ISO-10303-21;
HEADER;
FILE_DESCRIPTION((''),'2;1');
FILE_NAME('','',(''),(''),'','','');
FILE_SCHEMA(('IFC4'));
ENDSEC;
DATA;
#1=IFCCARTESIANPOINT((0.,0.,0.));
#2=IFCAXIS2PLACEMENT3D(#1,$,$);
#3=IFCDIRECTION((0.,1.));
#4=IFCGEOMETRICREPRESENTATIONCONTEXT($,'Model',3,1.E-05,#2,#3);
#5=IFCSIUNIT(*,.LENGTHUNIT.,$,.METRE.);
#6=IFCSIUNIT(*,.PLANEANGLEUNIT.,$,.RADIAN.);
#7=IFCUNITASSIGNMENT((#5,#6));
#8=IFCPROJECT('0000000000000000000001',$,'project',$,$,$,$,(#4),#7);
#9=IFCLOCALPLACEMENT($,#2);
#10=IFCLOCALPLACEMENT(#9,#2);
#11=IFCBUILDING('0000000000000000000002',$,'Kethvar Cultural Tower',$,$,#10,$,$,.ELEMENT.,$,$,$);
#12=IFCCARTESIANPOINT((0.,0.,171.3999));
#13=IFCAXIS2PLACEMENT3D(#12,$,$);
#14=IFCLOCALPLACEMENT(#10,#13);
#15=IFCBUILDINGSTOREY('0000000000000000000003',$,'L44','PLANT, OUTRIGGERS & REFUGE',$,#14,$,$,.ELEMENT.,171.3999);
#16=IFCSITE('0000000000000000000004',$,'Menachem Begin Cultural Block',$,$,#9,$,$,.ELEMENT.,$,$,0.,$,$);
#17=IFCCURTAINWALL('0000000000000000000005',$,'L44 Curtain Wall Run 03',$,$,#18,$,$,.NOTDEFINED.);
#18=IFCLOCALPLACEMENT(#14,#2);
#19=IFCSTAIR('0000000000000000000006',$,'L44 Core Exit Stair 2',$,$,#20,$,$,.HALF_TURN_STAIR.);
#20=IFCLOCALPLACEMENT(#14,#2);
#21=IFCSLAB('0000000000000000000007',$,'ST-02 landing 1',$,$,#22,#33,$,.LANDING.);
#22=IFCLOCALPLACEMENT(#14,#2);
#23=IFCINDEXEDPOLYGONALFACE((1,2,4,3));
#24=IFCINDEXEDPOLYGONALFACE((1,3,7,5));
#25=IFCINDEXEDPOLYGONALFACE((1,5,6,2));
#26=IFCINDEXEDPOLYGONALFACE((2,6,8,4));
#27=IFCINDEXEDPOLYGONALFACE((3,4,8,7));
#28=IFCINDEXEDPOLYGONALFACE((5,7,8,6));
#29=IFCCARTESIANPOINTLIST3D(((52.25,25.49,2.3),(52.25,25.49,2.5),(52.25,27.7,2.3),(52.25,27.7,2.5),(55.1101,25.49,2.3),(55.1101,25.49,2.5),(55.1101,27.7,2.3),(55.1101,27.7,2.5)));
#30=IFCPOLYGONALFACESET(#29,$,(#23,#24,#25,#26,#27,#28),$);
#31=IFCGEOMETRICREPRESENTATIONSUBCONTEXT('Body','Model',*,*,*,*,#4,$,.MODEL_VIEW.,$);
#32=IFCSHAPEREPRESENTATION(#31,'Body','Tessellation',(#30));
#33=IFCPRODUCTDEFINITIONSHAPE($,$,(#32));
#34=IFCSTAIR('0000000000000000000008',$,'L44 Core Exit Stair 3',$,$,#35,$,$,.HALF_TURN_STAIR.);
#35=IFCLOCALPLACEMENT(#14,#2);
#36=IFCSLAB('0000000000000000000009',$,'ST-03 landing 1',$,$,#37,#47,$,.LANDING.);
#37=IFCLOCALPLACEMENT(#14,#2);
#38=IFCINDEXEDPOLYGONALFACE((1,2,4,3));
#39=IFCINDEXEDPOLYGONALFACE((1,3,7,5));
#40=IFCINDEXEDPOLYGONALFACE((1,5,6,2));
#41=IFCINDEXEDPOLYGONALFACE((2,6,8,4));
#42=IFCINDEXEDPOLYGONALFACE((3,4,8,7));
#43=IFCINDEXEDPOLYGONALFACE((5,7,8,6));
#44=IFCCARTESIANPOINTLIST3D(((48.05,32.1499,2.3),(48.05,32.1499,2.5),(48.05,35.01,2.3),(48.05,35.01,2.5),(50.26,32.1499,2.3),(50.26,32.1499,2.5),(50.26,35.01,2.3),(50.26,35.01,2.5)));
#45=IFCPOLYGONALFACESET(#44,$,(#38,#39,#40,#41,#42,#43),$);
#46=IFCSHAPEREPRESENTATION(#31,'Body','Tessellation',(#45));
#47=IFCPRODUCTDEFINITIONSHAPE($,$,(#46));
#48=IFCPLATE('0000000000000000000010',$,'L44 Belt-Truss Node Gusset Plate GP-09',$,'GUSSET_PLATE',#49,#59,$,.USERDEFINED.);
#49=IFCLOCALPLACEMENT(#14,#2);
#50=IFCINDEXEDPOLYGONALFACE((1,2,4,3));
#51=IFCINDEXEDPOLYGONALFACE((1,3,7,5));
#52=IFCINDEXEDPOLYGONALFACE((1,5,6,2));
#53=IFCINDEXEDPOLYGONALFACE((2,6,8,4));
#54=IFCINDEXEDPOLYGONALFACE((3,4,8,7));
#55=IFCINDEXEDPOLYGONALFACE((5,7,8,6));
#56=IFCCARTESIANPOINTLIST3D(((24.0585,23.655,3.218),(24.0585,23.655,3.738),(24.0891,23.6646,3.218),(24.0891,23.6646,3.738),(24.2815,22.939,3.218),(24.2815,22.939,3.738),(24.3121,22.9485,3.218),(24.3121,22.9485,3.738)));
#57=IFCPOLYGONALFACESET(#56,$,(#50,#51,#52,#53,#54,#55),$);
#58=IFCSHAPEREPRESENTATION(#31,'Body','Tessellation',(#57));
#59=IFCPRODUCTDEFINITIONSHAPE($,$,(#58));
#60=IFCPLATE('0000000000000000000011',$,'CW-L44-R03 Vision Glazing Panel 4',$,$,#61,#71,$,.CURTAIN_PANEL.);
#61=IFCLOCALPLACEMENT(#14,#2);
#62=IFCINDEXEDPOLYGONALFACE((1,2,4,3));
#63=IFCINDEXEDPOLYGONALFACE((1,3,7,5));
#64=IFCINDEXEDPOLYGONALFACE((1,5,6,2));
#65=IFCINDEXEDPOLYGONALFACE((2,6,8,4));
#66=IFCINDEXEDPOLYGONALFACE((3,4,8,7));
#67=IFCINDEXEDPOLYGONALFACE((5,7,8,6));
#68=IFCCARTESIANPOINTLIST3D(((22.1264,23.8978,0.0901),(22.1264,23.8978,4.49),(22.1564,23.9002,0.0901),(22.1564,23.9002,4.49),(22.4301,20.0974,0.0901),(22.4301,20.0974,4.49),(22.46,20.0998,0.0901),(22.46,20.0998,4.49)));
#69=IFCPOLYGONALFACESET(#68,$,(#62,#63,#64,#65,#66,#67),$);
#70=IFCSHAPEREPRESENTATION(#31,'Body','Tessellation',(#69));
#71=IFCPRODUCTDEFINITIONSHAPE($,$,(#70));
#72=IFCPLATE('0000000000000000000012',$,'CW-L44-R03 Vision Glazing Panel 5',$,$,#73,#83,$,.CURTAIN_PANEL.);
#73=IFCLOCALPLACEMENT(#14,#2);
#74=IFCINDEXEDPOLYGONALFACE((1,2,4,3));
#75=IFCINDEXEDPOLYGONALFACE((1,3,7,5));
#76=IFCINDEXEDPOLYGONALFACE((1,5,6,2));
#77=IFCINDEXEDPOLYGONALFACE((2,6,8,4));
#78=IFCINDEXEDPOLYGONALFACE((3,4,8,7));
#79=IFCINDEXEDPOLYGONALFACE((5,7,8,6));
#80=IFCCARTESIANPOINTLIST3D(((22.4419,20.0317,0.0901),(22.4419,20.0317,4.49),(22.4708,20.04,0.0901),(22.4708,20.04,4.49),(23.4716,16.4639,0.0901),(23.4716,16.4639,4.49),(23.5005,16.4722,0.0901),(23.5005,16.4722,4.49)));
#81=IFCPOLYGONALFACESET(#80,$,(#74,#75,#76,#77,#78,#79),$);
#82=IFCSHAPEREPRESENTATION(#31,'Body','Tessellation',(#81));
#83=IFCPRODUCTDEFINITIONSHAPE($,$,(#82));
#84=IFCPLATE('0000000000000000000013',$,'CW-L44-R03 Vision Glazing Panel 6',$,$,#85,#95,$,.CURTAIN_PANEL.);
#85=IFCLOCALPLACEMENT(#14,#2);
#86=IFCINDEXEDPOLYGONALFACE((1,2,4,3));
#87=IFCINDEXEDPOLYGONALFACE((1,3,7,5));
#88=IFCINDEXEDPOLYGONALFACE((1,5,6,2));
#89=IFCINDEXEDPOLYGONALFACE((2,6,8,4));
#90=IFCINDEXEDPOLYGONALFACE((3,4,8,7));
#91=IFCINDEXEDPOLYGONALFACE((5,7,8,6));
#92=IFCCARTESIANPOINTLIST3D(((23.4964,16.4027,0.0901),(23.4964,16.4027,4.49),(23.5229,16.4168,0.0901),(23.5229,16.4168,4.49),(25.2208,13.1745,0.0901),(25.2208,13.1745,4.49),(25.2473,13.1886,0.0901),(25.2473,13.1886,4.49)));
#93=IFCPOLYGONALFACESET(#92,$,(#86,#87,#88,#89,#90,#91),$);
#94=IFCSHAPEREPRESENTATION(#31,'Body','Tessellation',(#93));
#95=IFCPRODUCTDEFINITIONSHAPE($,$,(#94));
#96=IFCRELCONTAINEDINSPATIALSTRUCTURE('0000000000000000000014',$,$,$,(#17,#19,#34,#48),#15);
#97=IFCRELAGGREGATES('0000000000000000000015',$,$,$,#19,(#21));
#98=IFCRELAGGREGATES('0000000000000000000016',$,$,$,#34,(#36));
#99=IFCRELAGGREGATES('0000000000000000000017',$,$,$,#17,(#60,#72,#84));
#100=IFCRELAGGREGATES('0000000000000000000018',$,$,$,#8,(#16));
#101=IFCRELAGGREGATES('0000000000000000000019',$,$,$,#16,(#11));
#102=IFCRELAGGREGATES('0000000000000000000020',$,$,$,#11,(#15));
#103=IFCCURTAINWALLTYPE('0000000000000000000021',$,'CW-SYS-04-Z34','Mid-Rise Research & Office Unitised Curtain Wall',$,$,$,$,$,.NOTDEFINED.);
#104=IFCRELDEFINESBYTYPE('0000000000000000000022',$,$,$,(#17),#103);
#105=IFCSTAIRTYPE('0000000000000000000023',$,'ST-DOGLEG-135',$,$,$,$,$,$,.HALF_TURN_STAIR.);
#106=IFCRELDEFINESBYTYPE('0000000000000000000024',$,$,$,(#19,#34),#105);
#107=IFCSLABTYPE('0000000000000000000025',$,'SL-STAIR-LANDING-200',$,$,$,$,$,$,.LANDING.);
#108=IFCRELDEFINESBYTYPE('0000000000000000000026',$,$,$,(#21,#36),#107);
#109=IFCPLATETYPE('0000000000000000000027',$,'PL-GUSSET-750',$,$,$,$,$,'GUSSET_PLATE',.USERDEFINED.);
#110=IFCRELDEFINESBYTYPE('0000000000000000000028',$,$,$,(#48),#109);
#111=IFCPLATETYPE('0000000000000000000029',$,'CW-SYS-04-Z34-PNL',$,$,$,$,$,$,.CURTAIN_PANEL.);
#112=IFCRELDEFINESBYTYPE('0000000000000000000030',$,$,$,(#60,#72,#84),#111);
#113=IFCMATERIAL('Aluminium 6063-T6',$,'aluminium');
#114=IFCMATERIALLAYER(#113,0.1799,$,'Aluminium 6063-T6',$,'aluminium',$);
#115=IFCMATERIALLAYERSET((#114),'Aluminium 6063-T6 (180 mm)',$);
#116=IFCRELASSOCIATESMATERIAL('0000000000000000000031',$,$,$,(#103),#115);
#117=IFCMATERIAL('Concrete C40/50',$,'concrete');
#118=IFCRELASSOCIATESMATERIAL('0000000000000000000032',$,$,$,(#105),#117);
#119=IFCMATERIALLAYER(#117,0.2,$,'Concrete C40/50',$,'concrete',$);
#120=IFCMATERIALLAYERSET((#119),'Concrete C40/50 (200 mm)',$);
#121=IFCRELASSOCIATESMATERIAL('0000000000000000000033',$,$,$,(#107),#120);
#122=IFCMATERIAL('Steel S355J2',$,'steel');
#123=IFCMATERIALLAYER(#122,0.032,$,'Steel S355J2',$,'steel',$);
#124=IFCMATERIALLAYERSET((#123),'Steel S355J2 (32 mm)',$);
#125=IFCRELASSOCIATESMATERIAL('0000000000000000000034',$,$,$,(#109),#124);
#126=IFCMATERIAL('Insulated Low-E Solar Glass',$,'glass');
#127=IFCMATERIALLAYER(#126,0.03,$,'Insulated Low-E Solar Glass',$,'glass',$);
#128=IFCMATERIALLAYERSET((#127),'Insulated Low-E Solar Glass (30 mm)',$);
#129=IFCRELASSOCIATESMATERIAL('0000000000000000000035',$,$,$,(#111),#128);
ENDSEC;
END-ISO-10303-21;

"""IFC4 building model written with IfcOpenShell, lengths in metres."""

from ifc_helpers import new_model, si_unit, direction, frame, origin, origin_2d, place, context, subcontext, project, spatial, polyline, rectangle, outline, extrude, source, transform, mapped, material, layer, layer_set, type_object, element, aggregate, save


model = new_model("IFC4")

# Units and contexts
model_context = context("Model", 3, precision=1e-05, world=origin(), true_north=direction((0.0, 1.0)))
body_context = subcontext(model_context, "Body", "Model", "MODEL_VIEW")
ifc_project = project(units=[si_unit("LENGTHUNIT", "METRE"), si_unit("PLANEANGLEUNIT", "RADIAN")], contexts=[model_context])

# Site, building, storey
site_placement = place(None, origin())
site = spatial("IfcSite", under=ifc_project, at=site_placement, Name="Menachem Begin Cultural Block", CompositionType="ELEMENT", RefElevation=0.0)
building_placement = place(site_placement, origin())
building = spatial("IfcBuilding", under=site, at=building_placement, Name="Kethvar Cultural Tower", CompositionType="ELEMENT")
storey_placement = place(building_placement, frame((0.0, 0.0, 171.3999)))
storey = spatial("IfcBuildingStorey", under=building, at=storey_placement, Name="L44", Description="PLANT, OUTRIGGERS & REFUGE", CompositionType="ELEMENT", Elevation=171.3999)

# Curtain wall
ifc_material_1 = material(Name="Aluminium 6063-T6", Category="aluminium")
ifc_layer_1 = layer(ifc_material_1, 0.1799, Name="Aluminium 6063-T6", Category="aluminium")
ifc_layer_set_1 = layer_set([ifc_layer_1], Name="Aluminium 6063-T6 (180 mm)")
curtain_wall_type = type_object("IfcCurtainWallType", Name="CW-SYS-04-Z34", Description="Mid-Rise Research & Office Unitised Curtain Wall", PredefinedType="NOTDEFINED", material=ifc_layer_set_1)
curtain_wall_1_placement = place(storey_placement, origin())
curtain_wall_1 = element("IfcCurtainWall", 1, at=curtain_wall_1_placement, inside=storey, type_object=curtain_wall_type, Name="L44 Curtain Wall Run 03", PredefinedType="NOTDEFINED")

# Stairs, slabs
ifc_material_2 = material(Name="Concrete C40/50", Category="concrete")
stair_type = type_object("IfcStairType", Name="ST-DOGLEG-135", PredefinedType="HALF_TURN_STAIR", material=ifc_material_2)
ifc_layer_2 = layer(ifc_material_2, 0.2, Name="Concrete C40/50", Category="concrete")
ifc_layer_set_2 = layer_set([ifc_layer_2], Name="Concrete C40/50 (200 mm)")
slab_type_1 = type_object("IfcSlabType", Name="SL-STAIR-LANDING-200", PredefinedType="LANDING", material=ifc_layer_set_2)
stair_1_placement = place(storey_placement, origin())
stair_1 = element("IfcStair", 2, at=stair_1_placement, inside=storey, type_object=stair_type, Name="L44 Core Exit Stair 2", PredefinedType="HALF_TURN_STAIR")
slab_1_placement = place(storey_placement, frame((0.0, 0.0, 2.3)))
slab_1 = element("IfcSlab", 3, at=slab_1_placement, type_object=slab_type_1, Name="ST-02 landing 1", PredefinedType="LANDING", context=body_context, shape_type="SweptSolid", body=[
    extrude(outline(polyline([(55.1101, 25.49), (55.1101, 27.7), (52.25, 27.7), (52.25, 25.49), (55.1101, 25.49)])), origin(), (0.0, 0.0, 1.0), 0.2),
])
aggregate(stair_1, [slab_1])
stair_2_placement = place(storey_placement, origin())
stair_2 = element("IfcStair", 4, at=stair_2_placement, inside=storey, type_object=stair_type, Name="L44 Core Exit Stair 3", PredefinedType="HALF_TURN_STAIR")
slab_2_placement = place(storey_placement, frame((0.0, 0.0, 2.3)))
slab_2 = element("IfcSlab", 5, at=slab_2_placement, type_object=slab_type_1, Name="ST-03 landing 1", PredefinedType="LANDING", context=body_context, shape_type="SweptSolid", body=[
    extrude(outline(polyline([(50.26, 35.01), (48.05, 35.01), (48.05, 32.1499), (50.26, 32.1499), (50.26, 35.01)])), origin(), (0.0, 0.0, 1.0), 0.2),
])
aggregate(stair_2, [slab_2])

# Plates
ifc_material_3 = material(Name="Steel S355J2", Category="steel")
ifc_layer_3 = layer(ifc_material_3, 0.032, Name="Steel S355J2", Category="steel")
ifc_layer_set_3 = layer_set([ifc_layer_3], Name="Steel S355J2 (32 mm)")
plate_type_1 = type_object("IfcPlateType", Name="PL-GUSSET-750", ElementType="GUSSET_PLATE", PredefinedType="USERDEFINED", material=ifc_layer_set_3)
shared_shape_1 = source(origin(), body_context, "Body", "SweptSolid", [
    extrude(rectangle(XDim=0.75, YDim=0.032, at=origin_2d()), origin(), (0.0, 0.0, 1.0), 0.52),
])
plate_1_placement = place(storey_placement, frame((24.1853, 23.3018, 3.218), z_axis=(0.0, 0.0, 1.0), x_axis=(0.297296, -0.954785, 0.0)))
element("IfcPlate", 6, at=plate_1_placement, inside=storey, type_object=plate_type_1, Name="L44 Belt-Truss Node Gusset Plate GP-09", ObjectType="GUSSET_PLATE", PredefinedType="USERDEFINED", context=body_context, shape_type="MappedRepresentation", body=[
    mapped(shared_shape_1, transform((0.0, 0.0, 0.0), scale=1.0)),
])
ifc_material_4 = material(Name="Insulated Low-E Solar Glass", Category="glass")
ifc_layer_4 = layer(ifc_material_4, 0.03, Name="Insulated Low-E Solar Glass", Category="glass")
ifc_layer_set_4 = layer_set([ifc_layer_4], Name="Insulated Low-E Solar Glass (30 mm)")
plate_type_2 = type_object("IfcPlateType", Name="CW-SYS-04-Z34-PNL", PredefinedType="CURTAIN_PANEL", material=ifc_layer_set_4)
shared_shape_2 = source(origin(), body_context, "Body", "SweptSolid", [
    extrude(rectangle(XDim=3.8125, YDim=0.03, at=origin_2d()), origin(), (0.0, 0.0, 1.0), 4.3999),
])
plate_2_placement = place(storey_placement, frame((22.2932, 21.9988, 0.0901), z_axis=(0.0, 0.0, 1.0), x_axis=(0.079642, -0.996824, 0.0)))
plate_2 = element("IfcPlate", 7, at=plate_2_placement, type_object=plate_type_2, Name="CW-L44-R03 Vision Glazing Panel 4", PredefinedType="CURTAIN_PANEL", context=body_context, shape_type="MappedRepresentation", body=[
    mapped(shared_shape_2, transform((0.0, 0.0, 0.0), scale=1.0)),
])
shared_shape_3 = source(origin(), body_context, "Body", "SweptSolid", [
    extrude(rectangle(XDim=3.7134, YDim=0.03, at=origin_2d()), origin(), (0.0, 0.0, 1.0), 4.3999),
])
plate_3_placement = place(storey_placement, frame((22.9712, 18.252, 0.0901), z_axis=(0.0, 0.0, 1.0), x_axis=(0.277298, -0.960784, 0.0)))
plate_3 = element("IfcPlate", 8, at=plate_3_placement, type_object=plate_type_2, Name="CW-L44-R03 Vision Glazing Panel 5", PredefinedType="CURTAIN_PANEL", context=body_context, shape_type="MappedRepresentation", body=[
    mapped(shared_shape_3, transform((0.0, 0.0, 0.0), scale=1.0)),
])
shared_shape_4 = source(origin(), body_context, "Body", "SweptSolid", [
    extrude(rectangle(XDim=3.6599, YDim=0.03, at=origin_2d()), origin(), (0.0, 0.0, 1.0), 4.3999),
])
plate_4_placement = place(storey_placement, frame((24.3718, 14.7957, 0.0901), z_axis=(0.0, 0.0, 1.0), x_axis=(0.47115, -0.882053, 0.0)))
plate_4 = element("IfcPlate", 9, at=plate_4_placement, type_object=plate_type_2, Name="CW-L44-R03 Vision Glazing Panel 6", PredefinedType="CURTAIN_PANEL", context=body_context, shape_type="MappedRepresentation", body=[
    mapped(shared_shape_4, transform((0.0, 0.0, 0.0), scale=1.0)),
])
aggregate(curtain_wall_1, [plate_2, plate_3, plate_4])

save(model, "model.ifc")
